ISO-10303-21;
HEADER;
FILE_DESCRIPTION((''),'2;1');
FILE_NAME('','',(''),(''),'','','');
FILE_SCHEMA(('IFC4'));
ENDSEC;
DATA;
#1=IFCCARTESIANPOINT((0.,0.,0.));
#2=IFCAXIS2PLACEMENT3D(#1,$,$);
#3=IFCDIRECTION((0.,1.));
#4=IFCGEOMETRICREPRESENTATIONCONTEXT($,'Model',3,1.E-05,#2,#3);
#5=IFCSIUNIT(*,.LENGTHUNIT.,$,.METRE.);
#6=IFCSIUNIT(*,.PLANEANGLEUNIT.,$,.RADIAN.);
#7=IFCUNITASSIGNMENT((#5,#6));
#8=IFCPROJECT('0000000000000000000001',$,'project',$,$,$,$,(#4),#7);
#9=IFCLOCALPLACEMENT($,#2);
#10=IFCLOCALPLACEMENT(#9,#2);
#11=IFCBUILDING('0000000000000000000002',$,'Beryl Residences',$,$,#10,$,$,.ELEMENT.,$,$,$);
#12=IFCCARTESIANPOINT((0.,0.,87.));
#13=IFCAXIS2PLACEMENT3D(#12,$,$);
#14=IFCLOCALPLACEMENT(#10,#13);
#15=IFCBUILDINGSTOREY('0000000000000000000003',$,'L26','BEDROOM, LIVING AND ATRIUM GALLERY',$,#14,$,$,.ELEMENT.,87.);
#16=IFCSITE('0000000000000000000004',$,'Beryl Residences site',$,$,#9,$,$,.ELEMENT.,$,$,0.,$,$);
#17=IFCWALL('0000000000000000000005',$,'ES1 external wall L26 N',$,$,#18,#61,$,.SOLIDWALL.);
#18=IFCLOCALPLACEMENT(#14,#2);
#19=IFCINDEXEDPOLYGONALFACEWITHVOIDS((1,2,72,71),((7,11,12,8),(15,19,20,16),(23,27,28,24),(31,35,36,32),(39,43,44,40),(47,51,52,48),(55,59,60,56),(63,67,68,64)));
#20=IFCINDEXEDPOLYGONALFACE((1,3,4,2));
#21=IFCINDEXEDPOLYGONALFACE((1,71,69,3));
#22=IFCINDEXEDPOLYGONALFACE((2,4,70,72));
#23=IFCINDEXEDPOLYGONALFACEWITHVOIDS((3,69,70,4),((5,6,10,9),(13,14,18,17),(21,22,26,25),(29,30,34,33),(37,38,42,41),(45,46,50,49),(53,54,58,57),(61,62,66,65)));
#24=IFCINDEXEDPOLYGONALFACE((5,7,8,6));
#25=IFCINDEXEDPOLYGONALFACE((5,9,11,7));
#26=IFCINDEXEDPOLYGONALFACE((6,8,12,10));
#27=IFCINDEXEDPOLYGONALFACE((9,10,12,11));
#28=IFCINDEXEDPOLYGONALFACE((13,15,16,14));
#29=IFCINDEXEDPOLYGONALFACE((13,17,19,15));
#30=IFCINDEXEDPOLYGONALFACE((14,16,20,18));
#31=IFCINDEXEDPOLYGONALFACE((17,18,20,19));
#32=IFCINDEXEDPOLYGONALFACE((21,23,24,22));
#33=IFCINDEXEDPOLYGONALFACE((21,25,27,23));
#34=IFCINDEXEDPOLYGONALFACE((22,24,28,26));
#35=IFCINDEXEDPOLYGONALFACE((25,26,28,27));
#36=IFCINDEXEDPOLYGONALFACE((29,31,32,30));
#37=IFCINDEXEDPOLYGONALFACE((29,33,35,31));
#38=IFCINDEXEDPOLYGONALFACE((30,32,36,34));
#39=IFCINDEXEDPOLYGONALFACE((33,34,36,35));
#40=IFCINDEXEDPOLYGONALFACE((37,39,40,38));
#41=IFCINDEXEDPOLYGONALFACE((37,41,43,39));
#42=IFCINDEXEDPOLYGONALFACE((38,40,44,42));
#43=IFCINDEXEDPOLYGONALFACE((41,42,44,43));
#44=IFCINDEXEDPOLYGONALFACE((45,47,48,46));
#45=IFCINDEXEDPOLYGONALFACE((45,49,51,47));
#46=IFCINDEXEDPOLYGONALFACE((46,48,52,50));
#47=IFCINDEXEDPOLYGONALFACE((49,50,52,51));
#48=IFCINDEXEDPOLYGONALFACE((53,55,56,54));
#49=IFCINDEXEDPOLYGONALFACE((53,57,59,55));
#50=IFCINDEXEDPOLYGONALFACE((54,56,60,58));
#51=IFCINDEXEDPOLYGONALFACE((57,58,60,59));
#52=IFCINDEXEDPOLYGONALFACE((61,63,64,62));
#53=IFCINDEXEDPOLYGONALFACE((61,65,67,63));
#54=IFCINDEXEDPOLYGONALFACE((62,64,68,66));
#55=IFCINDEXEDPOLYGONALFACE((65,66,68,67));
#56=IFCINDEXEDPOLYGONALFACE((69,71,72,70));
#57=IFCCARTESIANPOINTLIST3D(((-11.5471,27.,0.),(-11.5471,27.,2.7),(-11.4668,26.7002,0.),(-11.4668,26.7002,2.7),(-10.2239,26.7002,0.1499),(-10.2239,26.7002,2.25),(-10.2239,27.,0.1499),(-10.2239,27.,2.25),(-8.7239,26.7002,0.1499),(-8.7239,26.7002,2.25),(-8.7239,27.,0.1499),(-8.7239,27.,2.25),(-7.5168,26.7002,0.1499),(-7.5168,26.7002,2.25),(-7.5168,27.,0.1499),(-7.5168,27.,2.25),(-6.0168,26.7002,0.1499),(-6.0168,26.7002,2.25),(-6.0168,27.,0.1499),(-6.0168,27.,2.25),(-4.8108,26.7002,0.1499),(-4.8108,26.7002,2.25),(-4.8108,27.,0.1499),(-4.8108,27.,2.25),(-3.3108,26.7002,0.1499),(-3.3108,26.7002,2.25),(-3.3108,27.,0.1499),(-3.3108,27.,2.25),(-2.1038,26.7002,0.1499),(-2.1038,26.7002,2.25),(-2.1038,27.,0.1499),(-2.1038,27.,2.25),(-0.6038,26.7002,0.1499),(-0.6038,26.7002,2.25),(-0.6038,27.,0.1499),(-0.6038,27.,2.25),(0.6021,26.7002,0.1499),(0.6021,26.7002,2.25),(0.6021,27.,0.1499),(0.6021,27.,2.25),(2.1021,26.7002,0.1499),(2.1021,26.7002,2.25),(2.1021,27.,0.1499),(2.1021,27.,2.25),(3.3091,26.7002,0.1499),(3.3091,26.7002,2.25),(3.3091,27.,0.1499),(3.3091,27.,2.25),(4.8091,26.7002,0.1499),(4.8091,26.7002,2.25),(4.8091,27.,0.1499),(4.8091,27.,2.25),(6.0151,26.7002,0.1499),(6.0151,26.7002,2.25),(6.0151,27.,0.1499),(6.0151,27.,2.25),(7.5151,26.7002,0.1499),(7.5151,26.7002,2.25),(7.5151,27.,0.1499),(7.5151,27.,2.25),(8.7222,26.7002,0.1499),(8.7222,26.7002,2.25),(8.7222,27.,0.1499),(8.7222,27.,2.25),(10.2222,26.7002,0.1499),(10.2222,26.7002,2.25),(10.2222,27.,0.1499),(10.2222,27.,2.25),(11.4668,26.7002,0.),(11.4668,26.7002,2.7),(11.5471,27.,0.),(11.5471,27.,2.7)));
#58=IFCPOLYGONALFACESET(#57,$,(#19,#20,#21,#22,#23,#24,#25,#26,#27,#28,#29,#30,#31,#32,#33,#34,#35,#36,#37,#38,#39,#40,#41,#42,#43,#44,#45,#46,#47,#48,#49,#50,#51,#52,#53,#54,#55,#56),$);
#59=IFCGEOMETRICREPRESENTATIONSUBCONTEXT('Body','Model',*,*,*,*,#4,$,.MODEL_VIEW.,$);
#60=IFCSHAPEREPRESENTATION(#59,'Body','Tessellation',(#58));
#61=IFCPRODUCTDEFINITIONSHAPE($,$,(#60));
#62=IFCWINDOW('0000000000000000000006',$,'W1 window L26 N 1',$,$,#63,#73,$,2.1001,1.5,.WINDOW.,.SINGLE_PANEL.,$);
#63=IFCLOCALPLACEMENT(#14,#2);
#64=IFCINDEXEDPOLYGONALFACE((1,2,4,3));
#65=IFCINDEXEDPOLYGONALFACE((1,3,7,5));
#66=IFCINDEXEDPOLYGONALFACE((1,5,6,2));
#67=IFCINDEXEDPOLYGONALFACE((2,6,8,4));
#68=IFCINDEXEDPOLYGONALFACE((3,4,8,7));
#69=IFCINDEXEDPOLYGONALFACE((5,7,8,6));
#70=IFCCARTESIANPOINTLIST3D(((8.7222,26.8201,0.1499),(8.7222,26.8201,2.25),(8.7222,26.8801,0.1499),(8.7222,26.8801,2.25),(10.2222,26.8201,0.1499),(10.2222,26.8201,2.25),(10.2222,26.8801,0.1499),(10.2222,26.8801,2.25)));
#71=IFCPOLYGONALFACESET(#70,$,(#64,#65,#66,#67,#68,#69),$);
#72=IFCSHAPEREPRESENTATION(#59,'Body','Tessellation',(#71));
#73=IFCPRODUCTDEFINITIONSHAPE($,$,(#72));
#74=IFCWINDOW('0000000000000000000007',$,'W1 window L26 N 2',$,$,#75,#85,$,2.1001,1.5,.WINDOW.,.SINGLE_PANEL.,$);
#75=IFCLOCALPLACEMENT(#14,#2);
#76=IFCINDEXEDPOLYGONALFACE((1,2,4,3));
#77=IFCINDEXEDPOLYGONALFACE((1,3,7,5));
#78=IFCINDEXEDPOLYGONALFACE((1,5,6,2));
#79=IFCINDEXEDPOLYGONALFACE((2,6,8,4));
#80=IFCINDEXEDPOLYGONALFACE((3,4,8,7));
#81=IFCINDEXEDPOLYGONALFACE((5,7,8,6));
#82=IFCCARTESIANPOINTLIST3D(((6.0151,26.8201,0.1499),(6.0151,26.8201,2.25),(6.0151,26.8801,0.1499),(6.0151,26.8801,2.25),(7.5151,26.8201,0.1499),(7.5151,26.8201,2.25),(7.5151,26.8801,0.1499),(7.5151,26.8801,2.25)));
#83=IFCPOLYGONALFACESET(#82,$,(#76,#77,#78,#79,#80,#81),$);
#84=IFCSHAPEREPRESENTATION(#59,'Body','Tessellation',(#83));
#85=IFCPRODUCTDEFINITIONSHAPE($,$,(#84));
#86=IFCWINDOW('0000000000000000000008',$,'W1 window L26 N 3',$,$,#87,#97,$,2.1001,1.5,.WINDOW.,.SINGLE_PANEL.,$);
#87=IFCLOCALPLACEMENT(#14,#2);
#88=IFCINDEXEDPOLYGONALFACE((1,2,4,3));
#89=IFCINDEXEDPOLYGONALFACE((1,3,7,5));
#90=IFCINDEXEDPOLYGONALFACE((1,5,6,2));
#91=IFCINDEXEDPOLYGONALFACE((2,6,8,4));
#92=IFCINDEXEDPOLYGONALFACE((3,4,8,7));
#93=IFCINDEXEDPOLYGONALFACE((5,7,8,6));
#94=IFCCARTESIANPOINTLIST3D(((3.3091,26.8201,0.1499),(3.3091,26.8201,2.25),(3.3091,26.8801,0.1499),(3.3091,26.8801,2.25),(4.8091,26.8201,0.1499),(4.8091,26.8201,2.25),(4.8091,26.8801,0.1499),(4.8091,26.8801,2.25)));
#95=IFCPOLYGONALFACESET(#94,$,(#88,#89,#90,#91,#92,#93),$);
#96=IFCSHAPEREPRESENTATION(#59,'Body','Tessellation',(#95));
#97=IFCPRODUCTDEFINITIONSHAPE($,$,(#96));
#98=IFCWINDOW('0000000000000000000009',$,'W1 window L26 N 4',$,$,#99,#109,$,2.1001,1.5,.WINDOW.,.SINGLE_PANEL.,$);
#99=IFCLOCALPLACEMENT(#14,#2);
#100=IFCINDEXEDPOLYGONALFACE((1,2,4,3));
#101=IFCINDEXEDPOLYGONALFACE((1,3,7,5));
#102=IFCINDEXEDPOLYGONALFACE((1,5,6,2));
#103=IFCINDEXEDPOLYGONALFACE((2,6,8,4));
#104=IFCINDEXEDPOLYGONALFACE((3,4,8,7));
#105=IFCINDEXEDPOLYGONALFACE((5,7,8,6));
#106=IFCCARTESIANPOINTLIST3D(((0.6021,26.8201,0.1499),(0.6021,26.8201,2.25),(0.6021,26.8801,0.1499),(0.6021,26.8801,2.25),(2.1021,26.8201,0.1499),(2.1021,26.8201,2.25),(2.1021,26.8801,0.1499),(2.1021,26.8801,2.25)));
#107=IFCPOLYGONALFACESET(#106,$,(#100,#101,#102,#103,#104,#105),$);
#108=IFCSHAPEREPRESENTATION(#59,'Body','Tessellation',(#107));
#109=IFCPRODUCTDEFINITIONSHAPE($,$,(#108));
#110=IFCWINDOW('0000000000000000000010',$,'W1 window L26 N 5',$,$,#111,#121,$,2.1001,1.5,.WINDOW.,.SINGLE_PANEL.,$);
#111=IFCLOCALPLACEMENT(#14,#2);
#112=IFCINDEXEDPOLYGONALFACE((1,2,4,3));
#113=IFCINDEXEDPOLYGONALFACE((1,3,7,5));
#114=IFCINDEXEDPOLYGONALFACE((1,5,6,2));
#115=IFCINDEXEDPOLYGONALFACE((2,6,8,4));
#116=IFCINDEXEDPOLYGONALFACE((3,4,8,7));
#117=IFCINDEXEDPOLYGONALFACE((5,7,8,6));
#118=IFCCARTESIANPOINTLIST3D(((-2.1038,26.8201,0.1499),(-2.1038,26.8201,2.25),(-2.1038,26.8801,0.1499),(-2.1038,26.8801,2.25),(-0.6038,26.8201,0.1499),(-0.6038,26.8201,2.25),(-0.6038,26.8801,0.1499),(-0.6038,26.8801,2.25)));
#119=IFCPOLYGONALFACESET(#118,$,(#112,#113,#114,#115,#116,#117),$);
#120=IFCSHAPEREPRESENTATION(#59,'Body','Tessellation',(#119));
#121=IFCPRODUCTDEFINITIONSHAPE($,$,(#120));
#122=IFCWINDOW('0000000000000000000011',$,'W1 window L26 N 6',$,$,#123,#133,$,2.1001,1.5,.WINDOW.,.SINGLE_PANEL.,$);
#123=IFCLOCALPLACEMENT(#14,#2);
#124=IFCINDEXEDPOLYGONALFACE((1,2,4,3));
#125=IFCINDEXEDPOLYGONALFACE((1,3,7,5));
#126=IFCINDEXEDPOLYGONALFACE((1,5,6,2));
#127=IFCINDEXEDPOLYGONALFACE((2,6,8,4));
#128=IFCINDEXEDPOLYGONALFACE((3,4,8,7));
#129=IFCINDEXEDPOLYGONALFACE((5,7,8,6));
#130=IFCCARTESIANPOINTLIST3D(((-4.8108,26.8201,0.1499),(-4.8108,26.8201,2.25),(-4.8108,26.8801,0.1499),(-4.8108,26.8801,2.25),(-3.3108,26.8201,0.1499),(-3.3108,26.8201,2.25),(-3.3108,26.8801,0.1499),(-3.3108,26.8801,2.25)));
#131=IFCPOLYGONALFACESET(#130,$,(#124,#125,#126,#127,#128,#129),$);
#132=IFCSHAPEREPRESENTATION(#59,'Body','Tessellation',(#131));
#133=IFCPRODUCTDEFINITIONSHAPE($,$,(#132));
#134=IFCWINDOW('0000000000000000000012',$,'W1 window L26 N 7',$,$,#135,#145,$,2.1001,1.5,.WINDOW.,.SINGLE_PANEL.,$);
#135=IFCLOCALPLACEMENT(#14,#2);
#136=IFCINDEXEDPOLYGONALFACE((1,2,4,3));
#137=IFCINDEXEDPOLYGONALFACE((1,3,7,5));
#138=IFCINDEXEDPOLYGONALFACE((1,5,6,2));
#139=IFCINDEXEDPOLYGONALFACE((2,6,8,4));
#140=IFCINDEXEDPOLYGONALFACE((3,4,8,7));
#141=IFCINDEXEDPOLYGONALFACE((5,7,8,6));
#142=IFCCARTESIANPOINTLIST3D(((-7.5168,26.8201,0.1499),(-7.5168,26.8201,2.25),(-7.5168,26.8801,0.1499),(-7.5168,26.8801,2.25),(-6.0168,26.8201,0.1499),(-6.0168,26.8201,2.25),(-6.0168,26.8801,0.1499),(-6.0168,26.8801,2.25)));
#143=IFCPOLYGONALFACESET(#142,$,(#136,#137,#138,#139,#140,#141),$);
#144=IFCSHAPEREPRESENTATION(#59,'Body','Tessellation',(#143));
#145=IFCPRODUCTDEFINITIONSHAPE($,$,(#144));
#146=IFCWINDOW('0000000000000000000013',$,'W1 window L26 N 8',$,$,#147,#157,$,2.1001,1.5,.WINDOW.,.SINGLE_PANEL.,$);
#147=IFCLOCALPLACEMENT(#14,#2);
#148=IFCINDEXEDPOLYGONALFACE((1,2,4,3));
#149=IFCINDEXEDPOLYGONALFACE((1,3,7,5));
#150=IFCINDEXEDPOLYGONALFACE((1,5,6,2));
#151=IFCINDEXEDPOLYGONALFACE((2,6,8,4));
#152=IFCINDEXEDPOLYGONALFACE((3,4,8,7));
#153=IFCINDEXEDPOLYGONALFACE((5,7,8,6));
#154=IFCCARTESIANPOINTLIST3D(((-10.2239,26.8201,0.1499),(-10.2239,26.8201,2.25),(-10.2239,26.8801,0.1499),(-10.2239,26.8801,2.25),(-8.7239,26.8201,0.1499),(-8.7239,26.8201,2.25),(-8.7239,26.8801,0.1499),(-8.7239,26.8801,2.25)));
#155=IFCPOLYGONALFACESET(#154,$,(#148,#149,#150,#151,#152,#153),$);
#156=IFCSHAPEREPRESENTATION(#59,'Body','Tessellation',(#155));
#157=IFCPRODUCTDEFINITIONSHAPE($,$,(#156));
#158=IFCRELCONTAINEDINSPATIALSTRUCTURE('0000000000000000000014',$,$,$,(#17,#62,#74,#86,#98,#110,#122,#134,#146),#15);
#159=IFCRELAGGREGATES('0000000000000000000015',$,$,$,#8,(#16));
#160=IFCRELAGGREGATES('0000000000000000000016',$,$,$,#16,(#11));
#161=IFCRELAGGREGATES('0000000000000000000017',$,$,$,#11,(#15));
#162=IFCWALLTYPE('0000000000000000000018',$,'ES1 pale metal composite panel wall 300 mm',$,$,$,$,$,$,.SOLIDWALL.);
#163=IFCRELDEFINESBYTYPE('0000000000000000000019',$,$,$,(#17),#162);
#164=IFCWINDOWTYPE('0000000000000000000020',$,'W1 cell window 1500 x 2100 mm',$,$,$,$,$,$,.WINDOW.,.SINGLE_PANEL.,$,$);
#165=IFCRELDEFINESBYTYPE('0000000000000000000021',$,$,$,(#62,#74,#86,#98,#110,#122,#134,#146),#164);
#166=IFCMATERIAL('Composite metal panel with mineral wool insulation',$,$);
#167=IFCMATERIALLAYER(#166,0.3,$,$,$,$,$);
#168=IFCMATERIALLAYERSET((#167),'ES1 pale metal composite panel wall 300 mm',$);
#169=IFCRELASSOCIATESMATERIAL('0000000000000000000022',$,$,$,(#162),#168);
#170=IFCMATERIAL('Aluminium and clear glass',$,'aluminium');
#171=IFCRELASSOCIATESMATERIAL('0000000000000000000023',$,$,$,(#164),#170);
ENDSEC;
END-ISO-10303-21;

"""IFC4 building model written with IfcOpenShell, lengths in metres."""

from ifc_helpers import new_model, si_unit, direction, frame, frame_2d, origin, place, context, subcontext, project, spatial, polyline, rectangle, outline, extrude, material, layer, layer_set, type_object, element, fill, save


model = new_model("IFC4")

# Units and contexts
model_context = context("Model", 3, precision=1e-05, world=origin(), true_north=direction((0.0, 1.0)))
body_context = subcontext(model_context, "Body", "Model", "MODEL_VIEW")
ifc_project = project(units=[si_unit("LENGTHUNIT", "METRE"), si_unit("PLANEANGLEUNIT", "RADIAN")], contexts=[model_context])

# Site, building, storey
site_placement = place(None, origin())
site = spatial("IfcSite", under=ifc_project, at=site_placement, Name="Beryl Residences site", CompositionType="ELEMENT", RefElevation=0.0)
building_placement = place(site_placement, origin())
building = spatial("IfcBuilding", under=site, at=building_placement, Name="Beryl Residences", CompositionType="ELEMENT")
storey_placement = place(building_placement, frame((0.0, 0.0, 87.0)))
storey = spatial("IfcBuildingStorey", under=building, at=storey_placement, Name="L26", Description="BEDROOM, LIVING AND ATRIUM GALLERY", CompositionType="ELEMENT", Elevation=87.0)

# Wall, openings, windows
ifc_material_1 = material(Name="Composite metal panel with mineral wool insulation")
ifc_layer = layer(ifc_material_1, 0.3)
ifc_layer_set = layer_set([ifc_layer], Name="ES1 pale metal composite panel wall 300 mm")
wall_type = type_object("IfcWallType", Name="ES1 pale metal composite panel wall 300 mm", PredefinedType="SOLIDWALL", material=ifc_layer_set)
wall_1_placement = place(storey_placement, frame((11.5471, 26.8501, 0.0), z_axis=(0.0, 0.0, 1.0), x_axis=(-1.0, 0.0, 0.0)))
wall_1 = element("IfcWall", 1, at=wall_1_placement, inside=storey, type_object=wall_type, Name="ES1 external wall L26 N", PredefinedType="SOLIDWALL", context=body_context, shape_type="SweptSolid", body=[
    extrude(outline(polyline([(0.0, -0.1499), (23.0942, -0.1499), (23.0139, 0.1499), (0.0803, 0.1499), (0.0, -0.1499)])), origin(), (0.0, 0.0, 1.0), 2.7),
])
opening_1_placement = place(wall_1_placement, frame((1.325, 0.0, 0.1499)))
opening_1 = element("IfcOpeningElement", 2, at=opening_1_placement, cuts=wall_1, PredefinedType="OPENING", context=body_context, shape_type="SweptSolid", body=[
    extrude(rectangle(XDim=1.5, YDim=2.1001, at=frame_2d((0.75, 1.05))), frame((0.0, 0.1599, 0.0), z_axis=(0.0, -1.0, 0.0), x_axis=(1.0, 0.0, 0.0)), (0.0, 0.0, 1.0), 0.3201),
])
opening_2_placement = place(wall_1_placement, frame((4.032, 0.0, 0.1499)))
opening_2 = element("IfcOpeningElement", 3, at=opening_2_placement, cuts=wall_1, PredefinedType="OPENING", context=body_context, shape_type="SweptSolid", body=[
    extrude(rectangle(XDim=1.5, YDim=2.1001, at=frame_2d((0.75, 1.05))), frame((0.0, 0.1599, 0.0), z_axis=(0.0, -1.0, 0.0), x_axis=(1.0, 0.0, 0.0)), (0.0, 0.0, 1.0), 0.3201),
])
opening_3_placement = place(wall_1_placement, frame((6.738, 0.0, 0.1499)))
opening_3 = element("IfcOpeningElement", 4, at=opening_3_placement, cuts=wall_1, PredefinedType="OPENING", context=body_context, shape_type="SweptSolid", body=[
    extrude(rectangle(XDim=1.5, YDim=2.1001, at=frame_2d((0.75, 1.05))), frame((0.0, 0.1599, 0.0), z_axis=(0.0, -1.0, 0.0), x_axis=(1.0, 0.0, 0.0)), (0.0, 0.0, 1.0), 0.3201),
])
opening_4_placement = place(wall_1_placement, frame((9.4451, 0.0, 0.1499)))
opening_4 = element("IfcOpeningElement", 5, at=opening_4_placement, cuts=wall_1, PredefinedType="OPENING", context=body_context, shape_type="SweptSolid", body=[
    extrude(rectangle(XDim=1.5, YDim=2.1001, at=frame_2d((0.75, 1.05))), frame((0.0, 0.1599, 0.0), z_axis=(0.0, -1.0, 0.0), x_axis=(1.0, 0.0, 0.0)), (0.0, 0.0, 1.0), 0.3201),
])
opening_5_placement = place(wall_1_placement, frame((12.1509, 0.0, 0.1499)))
opening_5 = element("IfcOpeningElement", 6, at=opening_5_placement, cuts=wall_1, PredefinedType="OPENING", context=body_context, shape_type="SweptSolid", body=[
    extrude(rectangle(XDim=1.5, YDim=2.1001, at=frame_2d((0.75, 1.05))), frame((0.0, 0.1599, 0.0), z_axis=(0.0, -1.0, 0.0), x_axis=(1.0, 0.0, 0.0)), (0.0, 0.0, 1.0), 0.3201),
])
opening_6_placement = place(wall_1_placement, frame((14.8579, 0.0, 0.1499)))
opening_6 = element("IfcOpeningElement", 7, at=opening_6_placement, cuts=wall_1, PredefinedType="OPENING", context=body_context, shape_type="SweptSolid", body=[
    extrude(rectangle(XDim=1.5, YDim=2.1001, at=frame_2d((0.75, 1.05))), frame((0.0, 0.1599, 0.0), z_axis=(0.0, -1.0, 0.0), x_axis=(1.0, 0.0, 0.0)), (0.0, 0.0, 1.0), 0.3201),
])
opening_7_placement = place(wall_1_placement, frame((17.564, 0.0, 0.1499)))
opening_7 = element("IfcOpeningElement", 8, at=opening_7_placement, cuts=wall_1, PredefinedType="OPENING", context=body_context, shape_type="SweptSolid", body=[
    extrude(rectangle(XDim=1.5, YDim=2.1001, at=frame_2d((0.75, 1.05))), frame((0.0, 0.1599, 0.0), z_axis=(0.0, -1.0, 0.0), x_axis=(1.0, 0.0, 0.0)), (0.0, 0.0, 1.0), 0.3201),
])
opening_8_placement = place(wall_1_placement, frame((20.271, 0.0, 0.1499)))
opening_8 = element("IfcOpeningElement", 9, at=opening_8_placement, cuts=wall_1, PredefinedType="OPENING", context=body_context, shape_type="SweptSolid", body=[
    extrude(rectangle(XDim=1.5, YDim=2.1001, at=frame_2d((0.75, 1.05))), frame((0.0, 0.1599, 0.0), z_axis=(0.0, -1.0, 0.0), x_axis=(1.0, 0.0, 0.0)), (0.0, 0.0, 1.0), 0.3201),
])
ifc_material_2 = material(Name="Aluminium and clear glass", Category="aluminium")
window_type_1 = type_object("IfcWindowType", Name="W1 cell window 1500 x 2100 mm", PartitioningType="SINGLE_PANEL", PredefinedType="WINDOW", material=ifc_material_2)
window_1_placement = place(opening_1_placement, origin())
window_1 = element("IfcWindow", 10, at=window_1_placement, inside=storey, type_object=window_type_1, Name="W1 window L26 N 1", OverallHeight=2.1001, OverallWidth=1.5, PartitioningType="SINGLE_PANEL", PredefinedType="WINDOW", context=body_context, shape_type="SweptSolid", body=[
    extrude(rectangle(XDim=1.5, YDim=2.1001, at=frame_2d((0.75, 1.05))), frame((0.0, 0.03, 0.0), z_axis=(0.0, -1.0, 0.0), x_axis=(1.0, 0.0, 0.0)), (0.0, 0.0, 1.0), 0.0601),
])
fill(opening_1, window_1)
window_2_placement = place(opening_2_placement, origin())
window_2 = element("IfcWindow", 11, at=window_2_placement, inside=storey, type_object=window_type_1, Name="W1 window L26 N 2", OverallHeight=2.1001, OverallWidth=1.5, PartitioningType="SINGLE_PANEL", PredefinedType="WINDOW", context=body_context, shape_type="SweptSolid", body=[
    extrude(rectangle(XDim=1.5, YDim=2.1001, at=frame_2d((0.75, 1.05))), frame((0.0, 0.03, 0.0), z_axis=(0.0, -1.0, 0.0), x_axis=(1.0, 0.0, 0.0)), (0.0, 0.0, 1.0), 0.0601),
])
fill(opening_2, window_2)
window_3_placement = place(opening_3_placement, origin())
window_3 = element("IfcWindow", 12, at=window_3_placement, inside=storey, type_object=window_type_1, Name="W1 window L26 N 3", OverallHeight=2.1001, OverallWidth=1.5, PartitioningType="SINGLE_PANEL", PredefinedType="WINDOW", context=body_context, shape_type="SweptSolid", body=[
    extrude(rectangle(XDim=1.5, YDim=2.1001, at=frame_2d((0.75, 1.05))), frame((0.0, 0.03, 0.0), z_axis=(0.0, -1.0, 0.0), x_axis=(1.0, 0.0, 0.0)), (0.0, 0.0, 1.0), 0.0601),
])
fill(opening_3, window_3)
window_4_placement = place(opening_4_placement, origin())
window_4 = element("IfcWindow", 13, at=window_4_placement, inside=storey, type_object=window_type_1, Name="W1 window L26 N 4", OverallHeight=2.1001, OverallWidth=1.5, PartitioningType="SINGLE_PANEL", PredefinedType="WINDOW", context=body_context, shape_type="SweptSolid", body=[
    extrude(rectangle(XDim=1.5, YDim=2.1001, at=frame_2d((0.75, 1.05))), frame((0.0, 0.03, 0.0), z_axis=(0.0, -1.0, 0.0), x_axis=(1.0, 0.0, 0.0)), (0.0, 0.0, 1.0), 0.0601),
])
fill(opening_4, window_4)
window_5_placement = place(opening_5_placement, origin())
window_5 = element("IfcWindow", 14, at=window_5_placement, inside=storey, type_object=window_type_1, Name="W1 window L26 N 5", OverallHeight=2.1001, OverallWidth=1.5, PartitioningType="SINGLE_PANEL", PredefinedType="WINDOW", context=body_context, shape_type="SweptSolid", body=[
    extrude(rectangle(XDim=1.5, YDim=2.1001, at=frame_2d((0.75, 1.05))), frame((0.0, 0.03, 0.0), z_axis=(0.0, -1.0, 0.0), x_axis=(1.0, 0.0, 0.0)), (0.0, 0.0, 1.0), 0.0601),
])
fill(opening_5, window_5)
window_6_placement = place(opening_6_placement, origin())
window_6 = element("IfcWindow", 15, at=window_6_placement, inside=storey, type_object=window_type_1, Name="W1 window L26 N 6", OverallHeight=2.1001, OverallWidth=1.5, PartitioningType="SINGLE_PANEL", PredefinedType="WINDOW", context=body_context, shape_type="SweptSolid", body=[
    extrude(rectangle(XDim=1.5, YDim=2.1001, at=frame_2d((0.75, 1.05))), frame((0.0, 0.03, 0.0), z_axis=(0.0, -1.0, 0.0), x_axis=(1.0, 0.0, 0.0)), (0.0, 0.0, 1.0), 0.0601),
])
fill(opening_6, window_6)
window_7_placement = place(opening_7_placement, origin())
window_7 = element("IfcWindow", 16, at=window_7_placement, inside=storey, type_object=window_type_1, Name="W1 window L26 N 7", OverallHeight=2.1001, OverallWidth=1.5, PartitioningType="SINGLE_PANEL", PredefinedType="WINDOW", context=body_context, shape_type="SweptSolid", body=[
    extrude(rectangle(XDim=1.5, YDim=2.1001, at=frame_2d((0.75, 1.05))), frame((0.0, 0.03, 0.0), z_axis=(0.0, -1.0, 0.0), x_axis=(1.0, 0.0, 0.0)), (0.0, 0.0, 1.0), 0.0601),
])
fill(opening_7, window_7)
window_8_placement = place(opening_8_placement, origin())
window_8 = element("IfcWindow", 17, at=window_8_placement, inside=storey, type_object=window_type_1, Name="W1 window L26 N 8", OverallHeight=2.1001, OverallWidth=1.5, PartitioningType="SINGLE_PANEL", PredefinedType="WINDOW", context=body_context, shape_type="SweptSolid", body=[
    extrude(rectangle(XDim=1.5, YDim=2.1001, at=frame_2d((0.75, 1.05))), frame((0.0, 0.03, 0.0), z_axis=(0.0, -1.0, 0.0), x_axis=(1.0, 0.0, 0.0)), (0.0, 0.0, 1.0), 0.0601),
])
fill(opening_8, window_8)

save(model, "model.ifc")
